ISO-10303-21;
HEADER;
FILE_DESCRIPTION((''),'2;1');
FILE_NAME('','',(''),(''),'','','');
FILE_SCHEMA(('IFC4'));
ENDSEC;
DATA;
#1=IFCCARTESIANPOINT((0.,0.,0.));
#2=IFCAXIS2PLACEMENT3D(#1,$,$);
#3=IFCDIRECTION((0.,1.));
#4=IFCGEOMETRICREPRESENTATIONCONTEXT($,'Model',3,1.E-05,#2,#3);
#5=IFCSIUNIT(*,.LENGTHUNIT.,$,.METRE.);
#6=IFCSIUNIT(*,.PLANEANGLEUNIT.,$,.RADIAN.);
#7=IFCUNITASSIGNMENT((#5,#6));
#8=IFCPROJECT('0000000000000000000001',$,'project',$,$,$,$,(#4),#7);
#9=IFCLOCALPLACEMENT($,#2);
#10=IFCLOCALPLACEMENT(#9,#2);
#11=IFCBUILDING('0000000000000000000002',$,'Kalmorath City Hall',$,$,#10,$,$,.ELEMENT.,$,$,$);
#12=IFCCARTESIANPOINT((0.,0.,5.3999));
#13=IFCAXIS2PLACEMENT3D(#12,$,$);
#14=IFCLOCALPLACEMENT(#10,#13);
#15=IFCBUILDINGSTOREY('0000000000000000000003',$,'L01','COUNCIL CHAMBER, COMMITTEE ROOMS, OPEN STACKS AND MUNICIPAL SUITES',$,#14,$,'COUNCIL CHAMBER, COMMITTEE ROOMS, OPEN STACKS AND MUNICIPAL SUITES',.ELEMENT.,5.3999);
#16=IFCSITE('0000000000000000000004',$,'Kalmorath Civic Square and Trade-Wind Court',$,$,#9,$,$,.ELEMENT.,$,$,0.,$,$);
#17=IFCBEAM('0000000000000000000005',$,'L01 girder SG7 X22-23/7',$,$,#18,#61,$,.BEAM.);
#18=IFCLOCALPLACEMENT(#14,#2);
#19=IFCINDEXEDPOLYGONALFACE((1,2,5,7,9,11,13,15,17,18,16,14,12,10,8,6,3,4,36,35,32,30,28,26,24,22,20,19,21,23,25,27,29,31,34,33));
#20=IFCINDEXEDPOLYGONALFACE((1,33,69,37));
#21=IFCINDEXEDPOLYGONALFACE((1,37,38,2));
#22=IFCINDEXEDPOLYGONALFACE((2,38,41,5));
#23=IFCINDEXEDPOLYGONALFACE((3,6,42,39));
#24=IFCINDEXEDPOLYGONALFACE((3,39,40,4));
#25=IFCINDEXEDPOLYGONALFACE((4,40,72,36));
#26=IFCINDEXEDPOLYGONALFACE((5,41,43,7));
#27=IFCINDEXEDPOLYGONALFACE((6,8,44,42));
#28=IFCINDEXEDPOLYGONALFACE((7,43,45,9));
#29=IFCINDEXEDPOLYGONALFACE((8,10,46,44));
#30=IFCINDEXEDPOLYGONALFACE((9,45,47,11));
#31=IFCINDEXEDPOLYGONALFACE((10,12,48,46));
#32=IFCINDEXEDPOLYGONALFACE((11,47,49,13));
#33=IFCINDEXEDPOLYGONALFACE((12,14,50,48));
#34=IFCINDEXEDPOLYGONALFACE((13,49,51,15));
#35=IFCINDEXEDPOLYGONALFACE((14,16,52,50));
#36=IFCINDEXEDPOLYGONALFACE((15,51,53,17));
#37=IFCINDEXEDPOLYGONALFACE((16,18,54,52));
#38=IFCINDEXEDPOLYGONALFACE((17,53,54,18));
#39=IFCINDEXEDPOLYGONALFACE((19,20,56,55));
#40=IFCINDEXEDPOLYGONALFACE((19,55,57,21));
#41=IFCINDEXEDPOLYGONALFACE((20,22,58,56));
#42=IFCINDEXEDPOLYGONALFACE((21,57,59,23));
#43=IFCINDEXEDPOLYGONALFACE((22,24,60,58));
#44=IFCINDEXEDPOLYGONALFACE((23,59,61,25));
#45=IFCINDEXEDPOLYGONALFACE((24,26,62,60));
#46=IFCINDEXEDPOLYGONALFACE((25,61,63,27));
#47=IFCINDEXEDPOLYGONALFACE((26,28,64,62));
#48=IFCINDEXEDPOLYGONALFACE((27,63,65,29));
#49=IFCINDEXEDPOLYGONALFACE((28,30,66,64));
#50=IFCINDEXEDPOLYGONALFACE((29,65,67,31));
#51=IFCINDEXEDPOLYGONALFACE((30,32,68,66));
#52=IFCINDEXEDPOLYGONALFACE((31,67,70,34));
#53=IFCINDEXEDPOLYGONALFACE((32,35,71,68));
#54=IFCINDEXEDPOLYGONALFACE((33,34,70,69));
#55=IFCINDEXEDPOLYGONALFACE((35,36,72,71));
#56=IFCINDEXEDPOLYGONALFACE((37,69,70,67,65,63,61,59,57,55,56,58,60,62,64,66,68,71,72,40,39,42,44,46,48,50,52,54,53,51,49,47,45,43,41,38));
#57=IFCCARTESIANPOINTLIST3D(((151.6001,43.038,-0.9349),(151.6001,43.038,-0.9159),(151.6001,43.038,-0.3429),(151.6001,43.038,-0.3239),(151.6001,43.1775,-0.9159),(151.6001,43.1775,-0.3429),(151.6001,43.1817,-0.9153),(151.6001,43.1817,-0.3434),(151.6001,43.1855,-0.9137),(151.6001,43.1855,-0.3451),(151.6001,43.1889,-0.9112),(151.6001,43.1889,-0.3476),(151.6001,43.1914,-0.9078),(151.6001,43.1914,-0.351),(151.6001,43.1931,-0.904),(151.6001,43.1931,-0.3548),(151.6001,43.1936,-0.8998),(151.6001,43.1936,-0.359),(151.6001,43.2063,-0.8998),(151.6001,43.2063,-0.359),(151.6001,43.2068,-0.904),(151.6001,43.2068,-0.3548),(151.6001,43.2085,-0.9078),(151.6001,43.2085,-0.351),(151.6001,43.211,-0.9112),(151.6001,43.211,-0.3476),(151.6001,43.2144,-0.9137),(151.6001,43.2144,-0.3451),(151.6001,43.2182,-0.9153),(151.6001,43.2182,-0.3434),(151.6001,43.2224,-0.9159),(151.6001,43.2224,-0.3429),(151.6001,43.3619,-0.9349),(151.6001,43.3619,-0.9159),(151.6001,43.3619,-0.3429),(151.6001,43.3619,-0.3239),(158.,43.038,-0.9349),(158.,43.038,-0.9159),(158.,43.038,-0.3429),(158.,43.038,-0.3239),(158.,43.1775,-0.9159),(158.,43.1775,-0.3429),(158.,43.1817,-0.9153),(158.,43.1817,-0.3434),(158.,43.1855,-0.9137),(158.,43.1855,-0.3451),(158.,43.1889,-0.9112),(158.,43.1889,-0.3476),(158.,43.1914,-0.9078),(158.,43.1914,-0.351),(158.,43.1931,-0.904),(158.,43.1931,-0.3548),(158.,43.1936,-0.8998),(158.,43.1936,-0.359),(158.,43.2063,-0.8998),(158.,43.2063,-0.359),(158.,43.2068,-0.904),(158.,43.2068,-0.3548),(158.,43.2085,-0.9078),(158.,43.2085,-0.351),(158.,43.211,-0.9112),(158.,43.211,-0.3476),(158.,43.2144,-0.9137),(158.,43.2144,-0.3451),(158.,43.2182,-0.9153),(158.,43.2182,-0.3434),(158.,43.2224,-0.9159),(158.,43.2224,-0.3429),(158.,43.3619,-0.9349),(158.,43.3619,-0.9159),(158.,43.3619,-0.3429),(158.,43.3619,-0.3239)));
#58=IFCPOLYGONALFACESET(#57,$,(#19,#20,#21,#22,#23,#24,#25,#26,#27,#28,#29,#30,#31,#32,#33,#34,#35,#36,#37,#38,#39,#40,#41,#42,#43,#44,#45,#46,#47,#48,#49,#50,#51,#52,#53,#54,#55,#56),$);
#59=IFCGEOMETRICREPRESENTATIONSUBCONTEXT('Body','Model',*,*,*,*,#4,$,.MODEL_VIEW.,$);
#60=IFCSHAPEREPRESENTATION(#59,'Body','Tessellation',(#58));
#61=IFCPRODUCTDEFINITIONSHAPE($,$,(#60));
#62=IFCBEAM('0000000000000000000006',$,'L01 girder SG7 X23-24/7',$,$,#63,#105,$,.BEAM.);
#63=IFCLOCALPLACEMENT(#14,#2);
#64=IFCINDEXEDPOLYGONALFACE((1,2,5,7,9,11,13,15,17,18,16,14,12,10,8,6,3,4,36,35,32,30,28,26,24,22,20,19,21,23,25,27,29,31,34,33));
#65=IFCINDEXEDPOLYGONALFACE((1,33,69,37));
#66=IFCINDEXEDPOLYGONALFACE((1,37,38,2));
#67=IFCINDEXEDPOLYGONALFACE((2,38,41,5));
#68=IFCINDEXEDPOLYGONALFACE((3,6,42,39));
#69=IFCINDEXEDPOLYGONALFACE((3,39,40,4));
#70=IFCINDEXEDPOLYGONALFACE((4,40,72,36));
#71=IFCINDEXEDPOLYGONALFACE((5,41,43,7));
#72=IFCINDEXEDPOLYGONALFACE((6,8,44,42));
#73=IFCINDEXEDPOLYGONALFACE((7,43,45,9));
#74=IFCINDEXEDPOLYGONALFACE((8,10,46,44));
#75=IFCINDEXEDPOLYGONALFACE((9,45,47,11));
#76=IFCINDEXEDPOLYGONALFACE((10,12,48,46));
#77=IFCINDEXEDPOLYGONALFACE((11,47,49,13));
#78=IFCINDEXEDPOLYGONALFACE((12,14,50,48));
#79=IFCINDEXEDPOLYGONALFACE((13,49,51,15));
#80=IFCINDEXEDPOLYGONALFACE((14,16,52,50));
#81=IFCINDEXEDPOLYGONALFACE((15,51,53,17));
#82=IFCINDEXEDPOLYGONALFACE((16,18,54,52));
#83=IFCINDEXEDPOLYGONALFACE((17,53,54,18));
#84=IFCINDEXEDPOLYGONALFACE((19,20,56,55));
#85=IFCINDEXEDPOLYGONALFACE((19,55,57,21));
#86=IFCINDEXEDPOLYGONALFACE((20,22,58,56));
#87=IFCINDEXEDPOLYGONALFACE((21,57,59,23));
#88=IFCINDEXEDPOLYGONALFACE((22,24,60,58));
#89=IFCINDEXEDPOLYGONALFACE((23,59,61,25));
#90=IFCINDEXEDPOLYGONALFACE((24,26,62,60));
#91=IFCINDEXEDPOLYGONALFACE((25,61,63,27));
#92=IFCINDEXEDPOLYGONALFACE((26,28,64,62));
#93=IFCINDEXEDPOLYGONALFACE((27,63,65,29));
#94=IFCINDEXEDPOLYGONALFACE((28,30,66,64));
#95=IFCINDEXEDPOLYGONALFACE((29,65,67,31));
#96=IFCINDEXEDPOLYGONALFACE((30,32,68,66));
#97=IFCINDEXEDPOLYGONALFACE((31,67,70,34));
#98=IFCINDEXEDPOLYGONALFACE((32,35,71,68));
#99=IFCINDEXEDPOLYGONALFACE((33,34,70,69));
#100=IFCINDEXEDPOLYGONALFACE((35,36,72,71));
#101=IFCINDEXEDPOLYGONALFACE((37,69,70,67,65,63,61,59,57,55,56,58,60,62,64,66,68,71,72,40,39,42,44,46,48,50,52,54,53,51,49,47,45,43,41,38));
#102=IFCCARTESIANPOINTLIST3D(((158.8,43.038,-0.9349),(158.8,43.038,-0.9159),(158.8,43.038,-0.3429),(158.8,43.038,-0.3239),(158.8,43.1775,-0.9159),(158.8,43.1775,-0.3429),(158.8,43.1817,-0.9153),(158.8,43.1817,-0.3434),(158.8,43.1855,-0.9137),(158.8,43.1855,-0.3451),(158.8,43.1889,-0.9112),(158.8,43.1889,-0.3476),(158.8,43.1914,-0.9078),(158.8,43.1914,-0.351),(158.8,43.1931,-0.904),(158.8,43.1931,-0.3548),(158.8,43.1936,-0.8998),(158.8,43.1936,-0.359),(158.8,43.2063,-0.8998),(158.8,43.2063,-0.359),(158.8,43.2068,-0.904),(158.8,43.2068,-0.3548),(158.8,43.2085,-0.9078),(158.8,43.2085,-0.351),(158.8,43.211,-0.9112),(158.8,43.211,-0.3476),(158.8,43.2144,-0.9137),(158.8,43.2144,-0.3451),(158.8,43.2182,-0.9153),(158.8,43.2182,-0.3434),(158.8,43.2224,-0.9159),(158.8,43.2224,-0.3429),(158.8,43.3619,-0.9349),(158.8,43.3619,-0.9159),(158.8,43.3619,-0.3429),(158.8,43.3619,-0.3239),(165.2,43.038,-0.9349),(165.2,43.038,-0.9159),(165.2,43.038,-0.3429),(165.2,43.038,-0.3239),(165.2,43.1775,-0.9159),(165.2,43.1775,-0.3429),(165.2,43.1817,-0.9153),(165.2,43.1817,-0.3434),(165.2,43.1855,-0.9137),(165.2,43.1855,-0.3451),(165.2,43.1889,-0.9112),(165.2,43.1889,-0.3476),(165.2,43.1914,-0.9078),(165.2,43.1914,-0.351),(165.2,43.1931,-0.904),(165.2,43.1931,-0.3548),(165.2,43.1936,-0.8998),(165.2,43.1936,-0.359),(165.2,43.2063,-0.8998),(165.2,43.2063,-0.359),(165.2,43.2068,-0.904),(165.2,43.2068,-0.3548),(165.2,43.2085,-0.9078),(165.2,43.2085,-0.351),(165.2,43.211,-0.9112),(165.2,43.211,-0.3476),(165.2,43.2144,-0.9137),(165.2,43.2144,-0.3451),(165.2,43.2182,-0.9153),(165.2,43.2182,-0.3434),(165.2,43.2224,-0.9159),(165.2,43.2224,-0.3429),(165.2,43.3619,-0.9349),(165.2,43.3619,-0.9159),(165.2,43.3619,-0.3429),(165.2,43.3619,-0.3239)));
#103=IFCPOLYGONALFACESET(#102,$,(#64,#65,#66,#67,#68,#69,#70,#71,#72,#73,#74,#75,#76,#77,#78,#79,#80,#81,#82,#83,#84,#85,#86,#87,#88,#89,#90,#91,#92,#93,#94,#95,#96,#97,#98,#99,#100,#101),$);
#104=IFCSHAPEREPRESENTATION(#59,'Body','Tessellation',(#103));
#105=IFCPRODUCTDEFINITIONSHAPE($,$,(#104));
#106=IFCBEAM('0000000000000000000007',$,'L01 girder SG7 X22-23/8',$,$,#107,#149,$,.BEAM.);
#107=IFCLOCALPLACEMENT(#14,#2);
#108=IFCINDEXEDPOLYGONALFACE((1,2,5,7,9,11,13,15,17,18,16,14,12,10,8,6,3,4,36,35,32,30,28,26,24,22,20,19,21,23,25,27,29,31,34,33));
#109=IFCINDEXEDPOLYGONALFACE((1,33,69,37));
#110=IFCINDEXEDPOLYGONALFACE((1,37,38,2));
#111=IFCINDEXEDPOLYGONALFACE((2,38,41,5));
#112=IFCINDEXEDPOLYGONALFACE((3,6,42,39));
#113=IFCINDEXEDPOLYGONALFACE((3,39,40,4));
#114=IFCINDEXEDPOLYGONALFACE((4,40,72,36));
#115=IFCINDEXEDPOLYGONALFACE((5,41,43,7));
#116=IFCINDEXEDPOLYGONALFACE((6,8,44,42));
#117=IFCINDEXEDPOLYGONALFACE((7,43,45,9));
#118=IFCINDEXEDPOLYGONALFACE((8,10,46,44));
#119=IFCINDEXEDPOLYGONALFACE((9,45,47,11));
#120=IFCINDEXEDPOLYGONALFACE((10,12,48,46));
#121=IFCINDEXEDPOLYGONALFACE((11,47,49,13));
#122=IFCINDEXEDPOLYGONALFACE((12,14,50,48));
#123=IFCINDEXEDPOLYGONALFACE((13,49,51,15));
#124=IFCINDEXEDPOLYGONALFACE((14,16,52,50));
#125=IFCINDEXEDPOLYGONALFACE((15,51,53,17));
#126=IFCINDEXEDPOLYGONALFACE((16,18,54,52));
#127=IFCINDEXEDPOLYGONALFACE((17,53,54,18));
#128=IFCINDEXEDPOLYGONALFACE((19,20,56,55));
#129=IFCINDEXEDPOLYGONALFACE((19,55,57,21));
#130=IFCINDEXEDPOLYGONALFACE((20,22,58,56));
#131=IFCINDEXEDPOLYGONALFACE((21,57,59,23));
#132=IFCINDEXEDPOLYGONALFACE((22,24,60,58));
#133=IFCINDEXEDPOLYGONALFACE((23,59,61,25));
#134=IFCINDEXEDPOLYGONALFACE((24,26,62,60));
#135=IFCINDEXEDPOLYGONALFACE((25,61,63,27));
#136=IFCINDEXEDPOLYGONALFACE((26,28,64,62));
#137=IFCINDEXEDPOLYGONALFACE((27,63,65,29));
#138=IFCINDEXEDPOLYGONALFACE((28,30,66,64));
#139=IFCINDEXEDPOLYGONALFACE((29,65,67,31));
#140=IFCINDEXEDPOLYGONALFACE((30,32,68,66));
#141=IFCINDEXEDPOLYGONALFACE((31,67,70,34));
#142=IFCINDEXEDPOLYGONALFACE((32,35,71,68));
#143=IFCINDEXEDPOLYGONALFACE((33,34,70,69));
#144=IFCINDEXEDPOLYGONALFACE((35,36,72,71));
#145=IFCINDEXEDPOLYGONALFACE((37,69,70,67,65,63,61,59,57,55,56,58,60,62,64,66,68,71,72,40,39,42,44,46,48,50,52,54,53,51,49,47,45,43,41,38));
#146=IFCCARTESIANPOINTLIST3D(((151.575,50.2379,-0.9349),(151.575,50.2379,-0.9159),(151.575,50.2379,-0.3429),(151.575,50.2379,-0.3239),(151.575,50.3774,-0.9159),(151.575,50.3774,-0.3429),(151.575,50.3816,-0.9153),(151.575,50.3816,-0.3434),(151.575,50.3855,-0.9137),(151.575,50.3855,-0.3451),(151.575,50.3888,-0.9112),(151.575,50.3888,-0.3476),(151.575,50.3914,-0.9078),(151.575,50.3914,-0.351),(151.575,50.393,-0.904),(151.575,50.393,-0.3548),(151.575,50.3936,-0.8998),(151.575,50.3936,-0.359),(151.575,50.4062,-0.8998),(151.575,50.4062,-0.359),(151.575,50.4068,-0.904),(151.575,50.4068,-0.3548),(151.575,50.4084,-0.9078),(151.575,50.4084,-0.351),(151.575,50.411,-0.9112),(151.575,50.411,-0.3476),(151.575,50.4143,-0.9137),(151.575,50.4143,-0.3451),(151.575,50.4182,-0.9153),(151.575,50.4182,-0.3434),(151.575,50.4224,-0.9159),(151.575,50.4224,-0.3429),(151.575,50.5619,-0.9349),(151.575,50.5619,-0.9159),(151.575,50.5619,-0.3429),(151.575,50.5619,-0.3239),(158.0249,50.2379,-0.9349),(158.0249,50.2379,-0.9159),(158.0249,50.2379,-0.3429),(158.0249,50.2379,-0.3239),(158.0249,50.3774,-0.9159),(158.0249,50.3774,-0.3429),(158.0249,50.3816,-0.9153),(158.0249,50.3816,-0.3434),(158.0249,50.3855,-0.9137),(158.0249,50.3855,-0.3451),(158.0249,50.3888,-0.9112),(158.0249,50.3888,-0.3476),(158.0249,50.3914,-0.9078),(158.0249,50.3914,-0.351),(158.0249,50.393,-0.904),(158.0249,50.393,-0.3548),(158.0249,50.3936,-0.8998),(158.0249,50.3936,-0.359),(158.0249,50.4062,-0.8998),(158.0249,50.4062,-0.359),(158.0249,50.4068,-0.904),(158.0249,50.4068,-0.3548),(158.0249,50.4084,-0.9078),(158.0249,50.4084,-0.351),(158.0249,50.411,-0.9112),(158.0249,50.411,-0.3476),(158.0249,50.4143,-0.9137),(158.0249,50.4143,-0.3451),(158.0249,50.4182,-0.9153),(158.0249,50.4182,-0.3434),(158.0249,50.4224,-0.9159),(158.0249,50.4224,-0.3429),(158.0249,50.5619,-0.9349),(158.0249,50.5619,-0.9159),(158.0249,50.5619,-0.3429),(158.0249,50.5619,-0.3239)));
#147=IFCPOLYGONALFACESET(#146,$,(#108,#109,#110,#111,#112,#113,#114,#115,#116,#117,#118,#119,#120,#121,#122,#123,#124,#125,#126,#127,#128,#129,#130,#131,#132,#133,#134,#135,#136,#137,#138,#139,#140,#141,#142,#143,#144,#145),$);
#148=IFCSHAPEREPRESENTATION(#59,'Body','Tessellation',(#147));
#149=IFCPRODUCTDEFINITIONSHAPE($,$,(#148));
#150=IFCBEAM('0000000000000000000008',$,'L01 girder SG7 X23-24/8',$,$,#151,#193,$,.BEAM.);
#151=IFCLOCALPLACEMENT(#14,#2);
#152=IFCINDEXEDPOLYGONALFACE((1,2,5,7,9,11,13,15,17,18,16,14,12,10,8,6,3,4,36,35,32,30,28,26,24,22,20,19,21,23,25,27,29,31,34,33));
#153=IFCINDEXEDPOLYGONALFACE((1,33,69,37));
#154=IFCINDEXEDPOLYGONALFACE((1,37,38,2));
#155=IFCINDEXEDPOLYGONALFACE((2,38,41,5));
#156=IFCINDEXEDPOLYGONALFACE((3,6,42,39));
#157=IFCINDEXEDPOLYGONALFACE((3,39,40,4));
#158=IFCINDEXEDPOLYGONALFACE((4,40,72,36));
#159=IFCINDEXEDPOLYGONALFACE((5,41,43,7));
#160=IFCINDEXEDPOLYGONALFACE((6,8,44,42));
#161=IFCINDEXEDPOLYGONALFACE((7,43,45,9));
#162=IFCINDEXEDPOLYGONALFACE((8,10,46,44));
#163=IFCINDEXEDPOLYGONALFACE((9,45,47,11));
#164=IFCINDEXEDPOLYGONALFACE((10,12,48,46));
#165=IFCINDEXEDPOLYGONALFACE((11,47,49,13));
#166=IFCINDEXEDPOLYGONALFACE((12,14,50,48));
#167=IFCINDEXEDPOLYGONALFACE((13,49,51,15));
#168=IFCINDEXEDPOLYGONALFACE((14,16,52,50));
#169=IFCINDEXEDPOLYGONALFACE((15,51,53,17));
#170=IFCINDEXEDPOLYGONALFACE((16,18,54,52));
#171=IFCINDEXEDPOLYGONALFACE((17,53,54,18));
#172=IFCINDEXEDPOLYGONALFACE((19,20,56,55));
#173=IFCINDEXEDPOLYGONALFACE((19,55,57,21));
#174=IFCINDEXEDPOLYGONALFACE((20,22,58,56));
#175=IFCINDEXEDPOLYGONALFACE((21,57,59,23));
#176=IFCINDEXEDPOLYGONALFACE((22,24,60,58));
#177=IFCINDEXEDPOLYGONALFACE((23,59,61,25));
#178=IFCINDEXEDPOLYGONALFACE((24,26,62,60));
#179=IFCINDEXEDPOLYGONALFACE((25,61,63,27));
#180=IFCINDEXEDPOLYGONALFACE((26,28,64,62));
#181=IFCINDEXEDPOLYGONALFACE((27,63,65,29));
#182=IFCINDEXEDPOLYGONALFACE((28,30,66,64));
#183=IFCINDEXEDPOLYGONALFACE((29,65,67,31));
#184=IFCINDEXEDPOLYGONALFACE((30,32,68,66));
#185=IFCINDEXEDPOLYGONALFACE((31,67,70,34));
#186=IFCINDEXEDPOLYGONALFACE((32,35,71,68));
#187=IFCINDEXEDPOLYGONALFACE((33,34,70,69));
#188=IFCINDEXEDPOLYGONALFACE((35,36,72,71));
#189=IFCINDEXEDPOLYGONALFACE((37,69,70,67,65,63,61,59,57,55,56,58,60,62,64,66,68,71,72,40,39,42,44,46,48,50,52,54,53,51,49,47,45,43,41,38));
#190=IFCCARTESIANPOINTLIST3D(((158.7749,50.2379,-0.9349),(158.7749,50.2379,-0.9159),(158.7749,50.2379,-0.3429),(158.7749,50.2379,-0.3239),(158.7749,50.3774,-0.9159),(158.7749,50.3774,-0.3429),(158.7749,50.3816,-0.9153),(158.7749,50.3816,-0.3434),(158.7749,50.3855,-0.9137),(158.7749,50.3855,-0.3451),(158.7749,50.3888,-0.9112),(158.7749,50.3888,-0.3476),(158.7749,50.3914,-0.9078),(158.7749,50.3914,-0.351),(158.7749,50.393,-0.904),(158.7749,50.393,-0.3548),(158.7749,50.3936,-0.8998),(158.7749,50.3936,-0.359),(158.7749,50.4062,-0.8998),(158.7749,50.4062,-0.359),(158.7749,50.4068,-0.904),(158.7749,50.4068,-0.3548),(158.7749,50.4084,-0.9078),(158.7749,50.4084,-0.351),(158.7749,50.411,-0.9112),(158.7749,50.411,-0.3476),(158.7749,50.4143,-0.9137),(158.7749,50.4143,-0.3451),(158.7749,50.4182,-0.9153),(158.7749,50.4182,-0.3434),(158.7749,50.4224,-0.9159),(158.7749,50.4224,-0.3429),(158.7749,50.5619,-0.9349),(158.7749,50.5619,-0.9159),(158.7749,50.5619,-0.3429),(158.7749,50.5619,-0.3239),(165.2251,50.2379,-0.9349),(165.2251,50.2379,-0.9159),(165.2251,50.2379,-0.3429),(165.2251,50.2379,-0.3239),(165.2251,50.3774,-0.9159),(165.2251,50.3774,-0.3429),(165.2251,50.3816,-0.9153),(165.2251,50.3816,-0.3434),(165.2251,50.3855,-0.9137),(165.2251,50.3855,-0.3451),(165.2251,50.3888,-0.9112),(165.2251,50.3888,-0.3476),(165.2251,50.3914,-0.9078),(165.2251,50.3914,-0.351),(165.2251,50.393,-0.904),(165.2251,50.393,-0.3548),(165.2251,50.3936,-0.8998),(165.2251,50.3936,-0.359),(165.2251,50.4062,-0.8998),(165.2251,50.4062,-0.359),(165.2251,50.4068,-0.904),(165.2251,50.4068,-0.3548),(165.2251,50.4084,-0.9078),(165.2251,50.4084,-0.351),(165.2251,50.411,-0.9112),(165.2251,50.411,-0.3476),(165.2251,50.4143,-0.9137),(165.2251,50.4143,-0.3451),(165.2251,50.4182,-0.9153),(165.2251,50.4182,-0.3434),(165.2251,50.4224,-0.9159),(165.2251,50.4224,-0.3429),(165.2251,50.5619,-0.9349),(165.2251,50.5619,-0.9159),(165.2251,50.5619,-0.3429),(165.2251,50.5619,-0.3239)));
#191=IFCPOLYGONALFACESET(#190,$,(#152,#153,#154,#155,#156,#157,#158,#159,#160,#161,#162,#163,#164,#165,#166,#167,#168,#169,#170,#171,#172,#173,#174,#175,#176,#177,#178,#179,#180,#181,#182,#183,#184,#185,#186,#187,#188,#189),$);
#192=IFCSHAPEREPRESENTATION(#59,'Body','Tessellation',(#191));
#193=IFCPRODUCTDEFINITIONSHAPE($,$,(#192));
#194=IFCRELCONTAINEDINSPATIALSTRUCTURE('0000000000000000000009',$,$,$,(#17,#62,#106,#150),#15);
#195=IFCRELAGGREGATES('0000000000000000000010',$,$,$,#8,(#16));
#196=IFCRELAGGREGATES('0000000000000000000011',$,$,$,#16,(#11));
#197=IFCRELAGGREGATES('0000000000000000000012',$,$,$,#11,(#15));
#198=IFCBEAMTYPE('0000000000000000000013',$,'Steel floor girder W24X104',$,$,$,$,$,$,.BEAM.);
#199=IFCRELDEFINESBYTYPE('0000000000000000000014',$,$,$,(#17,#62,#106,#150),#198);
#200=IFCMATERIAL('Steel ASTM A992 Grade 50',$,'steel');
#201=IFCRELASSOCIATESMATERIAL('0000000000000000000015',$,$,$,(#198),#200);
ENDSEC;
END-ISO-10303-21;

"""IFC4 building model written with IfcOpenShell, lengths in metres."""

from ifc_helpers import new_model, si_unit, direction, frame, origin, origin_2d, place, context, subcontext, project, spatial, i_section, extrude, material, material_profile, profile_set, type_object, element, save


model = new_model("IFC4")

# Units and contexts
model_context = context("Model", 3, precision=1e-05, world=origin(), true_north=direction((0.0, 1.0)))
body_context = subcontext(model_context, "Body", "Model", "MODEL_VIEW")
ifc_project = project(units=[si_unit("LENGTHUNIT", "METRE"), si_unit("PLANEANGLEUNIT", "RADIAN")], contexts=[model_context])

# Site, building, storey
site_placement = place(None, origin())
site = spatial("IfcSite", under=ifc_project, at=site_placement, Name="Kalmorath Civic Square and Trade-Wind Court", CompositionType="ELEMENT", RefElevation=0.0)
building_placement = place(site_placement, origin())
building = spatial("IfcBuilding", under=site, at=building_placement, Name="Kalmorath City Hall", CompositionType="ELEMENT")
storey_placement = place(building_placement, frame((0.0, 0.0, 5.3999)))
storey = spatial("IfcBuildingStorey", under=building, at=storey_placement, Name="L01", Description="COUNCIL CHAMBER, COMMITTEE ROOMS, OPEN STACKS AND MUNICIPAL SUITES", LongName="COUNCIL CHAMBER, COMMITTEE ROOMS, OPEN STACKS AND MUNICIPAL SUITES", CompositionType="ELEMENT", Elevation=5.3999)

# Beams
ifc_material_1 = material(Name="Steel ASTM A992 Grade 50", Category="steel")
ifc_material_profile_1 = material_profile(ifc_material_1, i_section(OverallWidth=0.324, OverallDepth=0.6111, WebThickness=0.0127, FlangeThickness=0.019, FilletRadius=0.0161, at=origin_2d()), Name="W24X104")
ifc_profile_set_1 = profile_set([ifc_material_profile_1], Name="Steel ASTM A992 Grade 50")
beam_type_1 = type_object("IfcBeamType", Name="Steel floor girder W24X104", PredefinedType="BEAM", material=ifc_profile_set_1)
for number, where, z_axis, x_axis, name in (
    (1, (151.6001, 43.2, -0.6294), (1.0, 0.0, 0.0), (0.0, 1.0, 0.0), "L01 girder SG7 X22-23/7"),
    (2, (158.8, 43.2, -0.6294), (1.0, 0.0, 0.0), (0.0, 1.0, 0.0), "L01 girder SG7 X23-24/7"),
):
    element("IfcBeam", number, at=place(storey_placement, frame(where, z_axis=z_axis, x_axis=x_axis)), inside=storey, type_object=beam_type_1, Name=name, PredefinedType="BEAM", context=body_context, shape_type="SweptSolid", body=[
        extrude(i_section(OverallWidth=0.324, OverallDepth=0.6111, WebThickness=0.0127, FlangeThickness=0.019, FilletRadius=0.0161, at=origin_2d()), origin(), (0.0, 0.0, 1.0), 6.3999),
    ])
beam_1_placement = place(storey_placement, frame((151.575, 50.3999, -0.6294), z_axis=(1.0, 0.0, 0.0), x_axis=(0.0, 1.0, 0.0)))
element("IfcBeam", 3, at=beam_1_placement, inside=storey, type_object=beam_type_1, Name="L01 girder SG7 X22-23/8", PredefinedType="BEAM", context=body_context, shape_type="SweptSolid", body=[
    extrude(i_section(OverallWidth=0.324, OverallDepth=0.6111, WebThickness=0.0127, FlangeThickness=0.019, FilletRadius=0.0161, at=origin_2d()), origin(), (0.0, 0.0, 1.0), 6.45),
])
beam_2_placement = place(storey_placement, frame((158.7749, 50.3999, -0.6294), z_axis=(1.0, 0.0, 0.0), x_axis=(0.0, 1.0, 0.0)))
element("IfcBeam", 4, at=beam_2_placement, inside=storey, type_object=beam_type_1, Name="L01 girder SG7 X23-24/8", PredefinedType="BEAM", context=body_context, shape_type="SweptSolid", body=[
    extrude(i_section(OverallWidth=0.324, OverallDepth=0.6111, WebThickness=0.0127, FlangeThickness=0.019, FilletRadius=0.0161, at=origin_2d()), origin(), (0.0, 0.0, 1.0), 6.4502),
])

save(model, "model.ifc")
